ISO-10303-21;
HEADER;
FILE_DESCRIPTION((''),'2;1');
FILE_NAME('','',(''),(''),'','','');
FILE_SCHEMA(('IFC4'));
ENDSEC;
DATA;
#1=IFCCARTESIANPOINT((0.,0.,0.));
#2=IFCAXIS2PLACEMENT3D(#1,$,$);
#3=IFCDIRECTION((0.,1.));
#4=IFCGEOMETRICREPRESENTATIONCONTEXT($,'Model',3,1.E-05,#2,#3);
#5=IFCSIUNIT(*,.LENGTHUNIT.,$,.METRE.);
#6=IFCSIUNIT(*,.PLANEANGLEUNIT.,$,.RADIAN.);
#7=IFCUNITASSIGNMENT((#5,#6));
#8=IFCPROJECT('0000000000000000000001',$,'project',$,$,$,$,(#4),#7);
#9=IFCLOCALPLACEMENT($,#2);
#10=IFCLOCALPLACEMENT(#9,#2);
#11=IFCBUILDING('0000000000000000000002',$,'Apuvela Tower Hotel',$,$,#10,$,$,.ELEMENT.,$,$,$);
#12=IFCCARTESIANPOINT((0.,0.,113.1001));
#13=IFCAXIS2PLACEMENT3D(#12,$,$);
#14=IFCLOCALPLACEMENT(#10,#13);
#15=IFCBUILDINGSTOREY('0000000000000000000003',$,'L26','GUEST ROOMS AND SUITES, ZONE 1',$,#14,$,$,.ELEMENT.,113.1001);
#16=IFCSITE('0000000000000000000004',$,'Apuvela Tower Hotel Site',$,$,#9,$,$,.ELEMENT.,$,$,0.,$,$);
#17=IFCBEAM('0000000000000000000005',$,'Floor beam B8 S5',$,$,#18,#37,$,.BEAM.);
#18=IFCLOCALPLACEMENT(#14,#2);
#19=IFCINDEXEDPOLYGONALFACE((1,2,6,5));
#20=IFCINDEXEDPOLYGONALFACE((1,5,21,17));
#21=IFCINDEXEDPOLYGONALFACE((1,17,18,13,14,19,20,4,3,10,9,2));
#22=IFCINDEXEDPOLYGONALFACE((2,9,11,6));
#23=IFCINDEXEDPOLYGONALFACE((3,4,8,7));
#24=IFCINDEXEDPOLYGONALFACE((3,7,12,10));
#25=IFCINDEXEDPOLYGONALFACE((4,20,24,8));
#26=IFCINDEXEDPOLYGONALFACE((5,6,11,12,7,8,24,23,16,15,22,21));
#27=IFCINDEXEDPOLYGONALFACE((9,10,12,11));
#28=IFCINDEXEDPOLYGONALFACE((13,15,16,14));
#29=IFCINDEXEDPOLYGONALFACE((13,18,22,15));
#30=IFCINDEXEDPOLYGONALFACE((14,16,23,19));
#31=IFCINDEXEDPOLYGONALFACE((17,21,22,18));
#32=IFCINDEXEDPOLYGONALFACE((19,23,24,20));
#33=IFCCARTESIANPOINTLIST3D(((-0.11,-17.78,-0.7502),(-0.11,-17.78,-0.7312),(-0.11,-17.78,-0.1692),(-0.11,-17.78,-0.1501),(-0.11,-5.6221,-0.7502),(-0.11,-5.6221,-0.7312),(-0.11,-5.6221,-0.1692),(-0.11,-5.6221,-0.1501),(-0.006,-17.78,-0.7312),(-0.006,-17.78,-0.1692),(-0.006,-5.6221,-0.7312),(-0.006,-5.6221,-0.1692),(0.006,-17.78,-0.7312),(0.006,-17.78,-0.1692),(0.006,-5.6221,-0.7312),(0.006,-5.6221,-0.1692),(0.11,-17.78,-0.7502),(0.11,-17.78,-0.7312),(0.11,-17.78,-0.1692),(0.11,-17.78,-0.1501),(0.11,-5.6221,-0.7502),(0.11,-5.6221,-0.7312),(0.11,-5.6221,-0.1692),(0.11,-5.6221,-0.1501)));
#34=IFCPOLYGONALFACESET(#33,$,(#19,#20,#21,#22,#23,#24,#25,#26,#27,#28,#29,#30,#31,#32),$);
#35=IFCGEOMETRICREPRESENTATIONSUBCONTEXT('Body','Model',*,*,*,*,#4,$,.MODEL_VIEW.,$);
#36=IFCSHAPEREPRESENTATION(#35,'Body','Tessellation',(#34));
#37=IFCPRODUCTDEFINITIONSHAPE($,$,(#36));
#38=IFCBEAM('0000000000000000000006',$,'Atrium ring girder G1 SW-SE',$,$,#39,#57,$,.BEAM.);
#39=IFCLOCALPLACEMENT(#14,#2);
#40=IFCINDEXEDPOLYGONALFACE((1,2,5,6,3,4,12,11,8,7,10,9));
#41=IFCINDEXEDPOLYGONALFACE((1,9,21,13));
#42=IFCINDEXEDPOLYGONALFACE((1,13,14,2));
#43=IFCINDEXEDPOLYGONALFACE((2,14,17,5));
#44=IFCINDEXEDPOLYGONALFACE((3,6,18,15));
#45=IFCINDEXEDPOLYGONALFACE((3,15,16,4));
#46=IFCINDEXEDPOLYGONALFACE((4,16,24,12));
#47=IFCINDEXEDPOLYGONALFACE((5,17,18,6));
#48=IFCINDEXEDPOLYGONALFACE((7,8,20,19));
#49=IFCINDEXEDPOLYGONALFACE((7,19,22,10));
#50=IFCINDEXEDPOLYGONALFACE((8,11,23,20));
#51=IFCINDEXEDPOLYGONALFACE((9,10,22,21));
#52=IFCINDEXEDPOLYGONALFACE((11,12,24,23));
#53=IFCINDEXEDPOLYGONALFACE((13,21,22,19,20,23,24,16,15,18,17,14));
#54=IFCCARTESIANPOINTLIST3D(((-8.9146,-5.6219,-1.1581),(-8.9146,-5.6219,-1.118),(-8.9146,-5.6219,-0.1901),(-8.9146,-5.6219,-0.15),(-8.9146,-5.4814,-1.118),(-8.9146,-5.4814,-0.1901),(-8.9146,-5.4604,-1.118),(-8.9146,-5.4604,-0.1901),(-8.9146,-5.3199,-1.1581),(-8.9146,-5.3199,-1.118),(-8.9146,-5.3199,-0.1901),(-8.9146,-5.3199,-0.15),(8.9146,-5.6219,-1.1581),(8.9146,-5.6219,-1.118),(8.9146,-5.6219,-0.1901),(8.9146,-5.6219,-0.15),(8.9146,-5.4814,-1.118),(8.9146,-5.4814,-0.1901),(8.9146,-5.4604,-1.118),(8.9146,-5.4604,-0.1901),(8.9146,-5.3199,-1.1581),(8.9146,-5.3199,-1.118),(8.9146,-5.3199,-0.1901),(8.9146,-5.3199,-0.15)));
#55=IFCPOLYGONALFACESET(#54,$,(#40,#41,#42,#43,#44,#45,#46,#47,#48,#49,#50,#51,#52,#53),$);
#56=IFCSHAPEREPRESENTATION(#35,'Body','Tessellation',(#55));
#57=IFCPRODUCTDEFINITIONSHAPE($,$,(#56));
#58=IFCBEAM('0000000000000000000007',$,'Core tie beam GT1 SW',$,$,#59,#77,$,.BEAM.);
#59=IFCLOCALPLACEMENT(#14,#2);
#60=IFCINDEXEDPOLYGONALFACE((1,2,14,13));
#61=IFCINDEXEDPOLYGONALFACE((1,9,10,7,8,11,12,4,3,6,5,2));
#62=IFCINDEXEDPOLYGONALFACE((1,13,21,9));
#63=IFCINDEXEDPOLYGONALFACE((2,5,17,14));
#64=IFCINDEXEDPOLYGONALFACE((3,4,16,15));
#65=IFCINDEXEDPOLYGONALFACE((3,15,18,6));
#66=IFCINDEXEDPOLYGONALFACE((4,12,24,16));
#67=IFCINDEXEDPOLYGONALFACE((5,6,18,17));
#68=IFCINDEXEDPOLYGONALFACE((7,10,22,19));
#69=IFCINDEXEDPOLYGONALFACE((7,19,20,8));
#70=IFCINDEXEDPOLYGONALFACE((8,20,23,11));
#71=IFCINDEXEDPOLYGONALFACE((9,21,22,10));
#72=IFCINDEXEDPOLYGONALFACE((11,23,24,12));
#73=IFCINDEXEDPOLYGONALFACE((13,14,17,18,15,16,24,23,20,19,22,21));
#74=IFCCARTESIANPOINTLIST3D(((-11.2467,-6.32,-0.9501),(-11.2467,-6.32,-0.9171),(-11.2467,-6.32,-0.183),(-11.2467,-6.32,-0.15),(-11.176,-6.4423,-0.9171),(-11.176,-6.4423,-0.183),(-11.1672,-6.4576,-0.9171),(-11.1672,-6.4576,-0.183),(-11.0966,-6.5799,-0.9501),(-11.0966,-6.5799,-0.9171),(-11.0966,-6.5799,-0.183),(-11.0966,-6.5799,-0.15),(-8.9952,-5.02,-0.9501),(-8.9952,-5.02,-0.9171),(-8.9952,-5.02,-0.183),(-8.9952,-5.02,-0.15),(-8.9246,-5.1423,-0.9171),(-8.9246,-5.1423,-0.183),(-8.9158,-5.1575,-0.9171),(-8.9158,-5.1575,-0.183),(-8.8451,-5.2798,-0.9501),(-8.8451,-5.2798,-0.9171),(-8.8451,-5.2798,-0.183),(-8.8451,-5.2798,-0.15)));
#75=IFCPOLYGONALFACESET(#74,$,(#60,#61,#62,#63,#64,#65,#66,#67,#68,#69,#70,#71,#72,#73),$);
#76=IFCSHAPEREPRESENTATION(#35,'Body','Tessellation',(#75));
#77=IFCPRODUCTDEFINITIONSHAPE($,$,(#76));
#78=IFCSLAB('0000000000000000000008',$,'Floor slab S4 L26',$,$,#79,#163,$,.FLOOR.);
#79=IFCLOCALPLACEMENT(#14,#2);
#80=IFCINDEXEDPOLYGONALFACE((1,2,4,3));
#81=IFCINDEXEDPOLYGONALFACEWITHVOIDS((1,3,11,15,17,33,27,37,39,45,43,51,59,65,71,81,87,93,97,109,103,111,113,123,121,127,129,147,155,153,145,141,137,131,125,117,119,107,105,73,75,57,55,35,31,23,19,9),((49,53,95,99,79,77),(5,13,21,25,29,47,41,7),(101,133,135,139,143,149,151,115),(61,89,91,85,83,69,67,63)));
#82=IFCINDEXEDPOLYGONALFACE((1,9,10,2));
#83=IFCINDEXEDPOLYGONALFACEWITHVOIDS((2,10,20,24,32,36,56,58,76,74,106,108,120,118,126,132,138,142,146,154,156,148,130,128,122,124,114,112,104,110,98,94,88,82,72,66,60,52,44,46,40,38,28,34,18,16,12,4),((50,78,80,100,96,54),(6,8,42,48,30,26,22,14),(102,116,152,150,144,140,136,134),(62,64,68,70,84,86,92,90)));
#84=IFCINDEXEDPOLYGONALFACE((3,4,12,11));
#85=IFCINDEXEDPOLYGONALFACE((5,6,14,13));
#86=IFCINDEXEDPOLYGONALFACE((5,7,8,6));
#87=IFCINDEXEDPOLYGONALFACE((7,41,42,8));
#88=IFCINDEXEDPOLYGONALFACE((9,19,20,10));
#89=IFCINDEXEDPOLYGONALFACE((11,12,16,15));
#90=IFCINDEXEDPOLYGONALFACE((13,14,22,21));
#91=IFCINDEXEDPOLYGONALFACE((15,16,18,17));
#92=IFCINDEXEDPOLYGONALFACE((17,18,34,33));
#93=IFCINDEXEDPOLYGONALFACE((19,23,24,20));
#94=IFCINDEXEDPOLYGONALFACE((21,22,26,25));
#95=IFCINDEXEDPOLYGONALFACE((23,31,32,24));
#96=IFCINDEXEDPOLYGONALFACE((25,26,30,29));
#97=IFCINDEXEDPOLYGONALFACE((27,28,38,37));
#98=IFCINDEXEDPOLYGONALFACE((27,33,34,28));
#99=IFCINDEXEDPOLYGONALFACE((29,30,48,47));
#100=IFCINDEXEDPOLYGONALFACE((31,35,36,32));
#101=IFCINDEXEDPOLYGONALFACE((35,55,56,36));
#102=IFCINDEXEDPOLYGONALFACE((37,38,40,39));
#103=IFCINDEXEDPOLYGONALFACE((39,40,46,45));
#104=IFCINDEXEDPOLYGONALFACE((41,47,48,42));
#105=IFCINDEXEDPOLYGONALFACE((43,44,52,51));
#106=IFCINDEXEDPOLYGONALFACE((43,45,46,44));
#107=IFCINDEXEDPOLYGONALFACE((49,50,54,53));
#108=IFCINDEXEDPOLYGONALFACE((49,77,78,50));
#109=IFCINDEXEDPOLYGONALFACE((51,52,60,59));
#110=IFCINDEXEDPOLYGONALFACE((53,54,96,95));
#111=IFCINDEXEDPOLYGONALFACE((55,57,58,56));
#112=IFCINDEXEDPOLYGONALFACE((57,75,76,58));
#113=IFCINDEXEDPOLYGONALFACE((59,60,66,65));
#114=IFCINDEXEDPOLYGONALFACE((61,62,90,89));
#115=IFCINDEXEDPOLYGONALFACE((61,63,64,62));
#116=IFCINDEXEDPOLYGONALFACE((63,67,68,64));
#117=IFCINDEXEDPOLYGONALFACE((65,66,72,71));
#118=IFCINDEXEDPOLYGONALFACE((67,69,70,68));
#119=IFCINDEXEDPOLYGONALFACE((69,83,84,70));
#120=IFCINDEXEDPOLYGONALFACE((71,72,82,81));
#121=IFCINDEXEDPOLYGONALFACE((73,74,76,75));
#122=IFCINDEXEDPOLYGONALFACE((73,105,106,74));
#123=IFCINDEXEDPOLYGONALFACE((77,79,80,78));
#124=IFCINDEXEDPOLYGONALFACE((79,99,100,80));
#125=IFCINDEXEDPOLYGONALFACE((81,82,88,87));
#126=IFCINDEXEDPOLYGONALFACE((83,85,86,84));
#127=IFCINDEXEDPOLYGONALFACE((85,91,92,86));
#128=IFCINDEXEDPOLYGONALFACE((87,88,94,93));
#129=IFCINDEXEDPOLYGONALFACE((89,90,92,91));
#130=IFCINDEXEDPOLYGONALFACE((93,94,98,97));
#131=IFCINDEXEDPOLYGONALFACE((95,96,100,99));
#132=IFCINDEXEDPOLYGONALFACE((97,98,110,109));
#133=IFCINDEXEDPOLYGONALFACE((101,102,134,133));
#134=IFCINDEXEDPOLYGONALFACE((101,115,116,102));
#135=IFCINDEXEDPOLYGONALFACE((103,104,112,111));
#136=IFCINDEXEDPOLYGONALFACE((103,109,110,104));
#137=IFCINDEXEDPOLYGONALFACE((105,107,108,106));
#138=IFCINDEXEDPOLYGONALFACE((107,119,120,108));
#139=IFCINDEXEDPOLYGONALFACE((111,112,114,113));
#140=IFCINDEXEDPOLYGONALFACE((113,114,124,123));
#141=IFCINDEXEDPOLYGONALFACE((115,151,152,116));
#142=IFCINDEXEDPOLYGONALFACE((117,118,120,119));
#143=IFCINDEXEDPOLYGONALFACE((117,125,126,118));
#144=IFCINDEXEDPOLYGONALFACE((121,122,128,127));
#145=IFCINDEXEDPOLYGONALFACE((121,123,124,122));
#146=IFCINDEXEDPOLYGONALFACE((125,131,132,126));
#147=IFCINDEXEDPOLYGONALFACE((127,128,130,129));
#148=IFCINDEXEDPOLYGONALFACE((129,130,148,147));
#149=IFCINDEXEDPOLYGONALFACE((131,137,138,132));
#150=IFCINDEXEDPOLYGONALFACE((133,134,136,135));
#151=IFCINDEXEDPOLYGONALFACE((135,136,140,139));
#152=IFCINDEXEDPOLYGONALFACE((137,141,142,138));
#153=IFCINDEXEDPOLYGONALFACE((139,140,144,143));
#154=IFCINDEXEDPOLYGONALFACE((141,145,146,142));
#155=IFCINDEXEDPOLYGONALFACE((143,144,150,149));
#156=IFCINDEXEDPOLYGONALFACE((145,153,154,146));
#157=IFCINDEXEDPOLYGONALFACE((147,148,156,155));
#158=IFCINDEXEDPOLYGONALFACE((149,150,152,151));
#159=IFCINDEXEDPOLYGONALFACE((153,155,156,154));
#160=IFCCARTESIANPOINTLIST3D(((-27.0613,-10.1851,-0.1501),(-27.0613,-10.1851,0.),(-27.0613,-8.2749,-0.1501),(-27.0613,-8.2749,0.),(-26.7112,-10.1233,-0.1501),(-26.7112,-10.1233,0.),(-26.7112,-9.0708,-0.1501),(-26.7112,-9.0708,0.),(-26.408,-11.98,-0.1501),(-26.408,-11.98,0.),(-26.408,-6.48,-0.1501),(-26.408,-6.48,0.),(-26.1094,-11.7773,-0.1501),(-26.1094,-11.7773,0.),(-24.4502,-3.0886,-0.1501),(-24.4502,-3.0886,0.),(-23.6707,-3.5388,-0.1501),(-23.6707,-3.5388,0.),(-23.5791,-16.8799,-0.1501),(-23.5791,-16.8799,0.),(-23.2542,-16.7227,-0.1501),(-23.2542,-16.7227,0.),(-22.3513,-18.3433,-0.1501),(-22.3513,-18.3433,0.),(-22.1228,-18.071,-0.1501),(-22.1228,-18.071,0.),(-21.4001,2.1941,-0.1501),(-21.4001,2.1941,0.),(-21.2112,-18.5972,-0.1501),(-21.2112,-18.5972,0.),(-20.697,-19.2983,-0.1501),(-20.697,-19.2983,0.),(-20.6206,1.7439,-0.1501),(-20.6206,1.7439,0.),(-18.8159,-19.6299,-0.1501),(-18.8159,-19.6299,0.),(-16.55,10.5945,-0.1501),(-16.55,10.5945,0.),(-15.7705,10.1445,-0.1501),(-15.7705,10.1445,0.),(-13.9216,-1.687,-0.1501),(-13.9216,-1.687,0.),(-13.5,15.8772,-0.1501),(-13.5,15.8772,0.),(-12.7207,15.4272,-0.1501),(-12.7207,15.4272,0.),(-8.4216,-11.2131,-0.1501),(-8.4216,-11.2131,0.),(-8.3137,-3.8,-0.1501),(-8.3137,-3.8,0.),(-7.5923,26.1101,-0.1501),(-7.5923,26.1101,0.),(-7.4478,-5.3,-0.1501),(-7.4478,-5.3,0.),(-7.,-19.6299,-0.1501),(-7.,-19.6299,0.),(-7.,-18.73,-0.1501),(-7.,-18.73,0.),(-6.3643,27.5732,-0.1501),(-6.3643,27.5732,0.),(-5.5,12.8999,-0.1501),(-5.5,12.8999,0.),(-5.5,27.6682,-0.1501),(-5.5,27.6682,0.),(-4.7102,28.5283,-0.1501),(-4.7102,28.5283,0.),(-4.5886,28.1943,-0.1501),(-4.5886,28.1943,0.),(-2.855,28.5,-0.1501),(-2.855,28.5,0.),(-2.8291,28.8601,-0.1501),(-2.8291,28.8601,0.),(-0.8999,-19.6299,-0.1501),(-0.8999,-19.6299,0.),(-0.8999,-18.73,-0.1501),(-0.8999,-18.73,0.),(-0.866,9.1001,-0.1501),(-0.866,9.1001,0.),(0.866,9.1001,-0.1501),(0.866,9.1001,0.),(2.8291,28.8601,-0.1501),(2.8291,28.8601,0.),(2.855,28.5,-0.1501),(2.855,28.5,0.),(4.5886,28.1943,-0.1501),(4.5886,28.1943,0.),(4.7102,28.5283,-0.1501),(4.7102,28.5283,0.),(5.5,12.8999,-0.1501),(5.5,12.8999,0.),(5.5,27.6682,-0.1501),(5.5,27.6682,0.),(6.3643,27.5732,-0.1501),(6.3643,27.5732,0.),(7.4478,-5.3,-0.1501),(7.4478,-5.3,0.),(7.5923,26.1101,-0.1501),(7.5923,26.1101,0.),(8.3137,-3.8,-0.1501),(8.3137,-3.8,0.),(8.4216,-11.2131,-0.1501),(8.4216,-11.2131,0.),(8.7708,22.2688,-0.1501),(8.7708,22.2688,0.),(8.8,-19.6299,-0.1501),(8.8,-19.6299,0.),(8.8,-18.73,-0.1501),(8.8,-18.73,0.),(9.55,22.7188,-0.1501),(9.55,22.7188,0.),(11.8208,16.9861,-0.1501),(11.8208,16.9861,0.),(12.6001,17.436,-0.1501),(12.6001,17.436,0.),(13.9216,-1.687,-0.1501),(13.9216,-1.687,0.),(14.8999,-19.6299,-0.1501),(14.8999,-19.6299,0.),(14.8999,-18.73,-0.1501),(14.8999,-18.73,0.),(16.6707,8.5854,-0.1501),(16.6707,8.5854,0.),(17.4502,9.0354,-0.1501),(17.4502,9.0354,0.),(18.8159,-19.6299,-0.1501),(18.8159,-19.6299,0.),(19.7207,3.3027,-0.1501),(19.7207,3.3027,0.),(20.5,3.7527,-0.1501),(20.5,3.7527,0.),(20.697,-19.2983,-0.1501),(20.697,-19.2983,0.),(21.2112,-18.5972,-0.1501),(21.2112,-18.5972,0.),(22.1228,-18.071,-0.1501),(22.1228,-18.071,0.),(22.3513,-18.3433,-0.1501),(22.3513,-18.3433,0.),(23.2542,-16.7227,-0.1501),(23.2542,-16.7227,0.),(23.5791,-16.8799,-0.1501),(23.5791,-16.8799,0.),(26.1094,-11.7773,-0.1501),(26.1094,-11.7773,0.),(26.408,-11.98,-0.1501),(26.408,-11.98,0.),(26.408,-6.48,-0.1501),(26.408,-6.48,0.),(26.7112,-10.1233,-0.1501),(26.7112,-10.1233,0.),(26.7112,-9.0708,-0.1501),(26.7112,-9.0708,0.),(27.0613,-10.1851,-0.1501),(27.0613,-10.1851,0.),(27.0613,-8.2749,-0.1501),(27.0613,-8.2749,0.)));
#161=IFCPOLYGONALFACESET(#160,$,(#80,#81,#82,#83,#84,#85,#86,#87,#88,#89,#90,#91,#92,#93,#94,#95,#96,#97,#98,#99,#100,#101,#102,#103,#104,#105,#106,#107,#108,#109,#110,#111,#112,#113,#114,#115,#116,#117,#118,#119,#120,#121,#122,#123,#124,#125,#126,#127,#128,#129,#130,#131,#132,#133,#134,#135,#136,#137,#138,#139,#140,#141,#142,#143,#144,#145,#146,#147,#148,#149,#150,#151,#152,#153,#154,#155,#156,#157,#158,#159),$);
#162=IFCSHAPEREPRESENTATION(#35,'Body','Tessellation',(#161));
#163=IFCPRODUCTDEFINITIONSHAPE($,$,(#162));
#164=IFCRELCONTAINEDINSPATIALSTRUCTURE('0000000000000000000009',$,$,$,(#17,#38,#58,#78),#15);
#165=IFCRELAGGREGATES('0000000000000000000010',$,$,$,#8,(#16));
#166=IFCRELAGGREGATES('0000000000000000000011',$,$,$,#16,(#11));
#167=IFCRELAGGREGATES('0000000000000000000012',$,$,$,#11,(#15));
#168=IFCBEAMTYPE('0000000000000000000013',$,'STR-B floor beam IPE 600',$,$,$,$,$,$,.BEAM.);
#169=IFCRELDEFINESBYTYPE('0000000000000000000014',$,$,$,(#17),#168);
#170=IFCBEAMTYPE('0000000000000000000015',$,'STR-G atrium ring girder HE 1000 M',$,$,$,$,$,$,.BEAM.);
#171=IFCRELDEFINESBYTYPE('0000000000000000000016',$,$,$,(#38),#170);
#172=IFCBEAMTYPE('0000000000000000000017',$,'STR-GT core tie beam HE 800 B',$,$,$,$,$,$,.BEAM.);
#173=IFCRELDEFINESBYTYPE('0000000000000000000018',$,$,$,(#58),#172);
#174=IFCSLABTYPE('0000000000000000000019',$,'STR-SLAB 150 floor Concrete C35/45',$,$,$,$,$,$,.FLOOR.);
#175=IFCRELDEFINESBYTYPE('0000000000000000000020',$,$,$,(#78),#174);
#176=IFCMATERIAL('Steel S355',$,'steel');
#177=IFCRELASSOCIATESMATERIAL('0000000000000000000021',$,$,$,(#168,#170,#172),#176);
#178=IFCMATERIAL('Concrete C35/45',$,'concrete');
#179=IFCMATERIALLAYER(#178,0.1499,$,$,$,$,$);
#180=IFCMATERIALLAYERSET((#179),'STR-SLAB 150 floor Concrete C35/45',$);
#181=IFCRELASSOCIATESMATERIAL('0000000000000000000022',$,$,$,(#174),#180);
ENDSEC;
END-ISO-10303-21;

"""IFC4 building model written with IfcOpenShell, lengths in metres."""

from ifc_helpers import new_model, si_unit, direction, frame, origin, origin_2d, place, context, subcontext, project, spatial, polyline, i_section, outline, extrude, material, layer, layer_set, material_profile, profile_set, type_object, element, save


model = new_model("IFC4")

# Units and contexts
model_context = context("Model", 3, precision=1e-05, world=origin(), true_north=direction((0.0, 1.0)))
body_context = subcontext(model_context, "Body", "Model", "MODEL_VIEW")
ifc_project = project(units=[si_unit("LENGTHUNIT", "METRE"), si_unit("PLANEANGLEUNIT", "RADIAN")], contexts=[model_context])

# Site, building, storey
site_placement = place(None, origin())
site = spatial("IfcSite", under=ifc_project, at=site_placement, Name="Apuvela Tower Hotel Site", CompositionType="ELEMENT", RefElevation=0.0)
building_placement = place(site_placement, origin())
building = spatial("IfcBuilding", under=site, at=building_placement, Name="Apuvela Tower Hotel", CompositionType="ELEMENT")
storey_placement = place(building_placement, frame((0.0, 0.0, 113.1001)))
storey = spatial("IfcBuildingStorey", under=building, at=storey_placement, Name="L26", Description="GUEST ROOMS AND SUITES, ZONE 1", CompositionType="ELEMENT", Elevation=113.1001)

# Beams
ifc_material_1 = material(Name="Steel S355", Category="steel")
ifc_material_profile_1 = material_profile(ifc_material_1, i_section(OverallWidth=0.22, OverallDepth=0.6001, WebThickness=0.012, FlangeThickness=0.019, at=origin_2d()), Name="IPE 600")
ifc_profile_set_1 = profile_set([ifc_material_profile_1], Name="Steel S355")
beam_type_1 = type_object("IfcBeamType", Name="STR-B floor beam IPE 600", PredefinedType="BEAM", material=ifc_profile_set_1)
beam_1_placement = place(storey_placement, frame((0.0, -17.78, -0.4502), z_axis=(0.0, 1.0, 0.0), x_axis=(-1.0, 0.0, 0.0)))
element("IfcBeam", 1, at=beam_1_placement, inside=storey, type_object=beam_type_1, Name="Floor beam B8 S5", PredefinedType="BEAM", context=body_context, shape_type="SweptSolid", body=[
    extrude(i_section(OverallWidth=0.22, OverallDepth=0.6001, WebThickness=0.012, FlangeThickness=0.019, at=origin_2d()), origin(), (0.0, 0.0, 1.0), 12.158),
])
ifc_material_profile_2 = material_profile(ifc_material_1, i_section(OverallWidth=0.302, OverallDepth=1.0081, WebThickness=0.021, FlangeThickness=0.04, at=origin_2d()), Name="HE 1000 M")
ifc_profile_set_2 = profile_set([ifc_material_profile_2], Name="Steel S355")
beam_type_2 = type_object("IfcBeamType", Name="STR-G atrium ring girder HE 1000 M", PredefinedType="BEAM", material=ifc_profile_set_2)
beam_2_placement = place(storey_placement, frame((-8.9146, -5.4709, -0.6541), z_axis=(1.0, 0.0, 0.0), x_axis=(0.0, 1.0, 0.0)))
element("IfcBeam", 2, at=beam_2_placement, inside=storey, type_object=beam_type_2, Name="Atrium ring girder G1 SW-SE", PredefinedType="BEAM", context=body_context, shape_type="SweptSolid", body=[
    extrude(i_section(OverallWidth=0.302, OverallDepth=1.0081, WebThickness=0.021, FlangeThickness=0.04, at=origin_2d()), origin(), (0.0, 0.0, 1.0), 17.8291),
])
ifc_material_profile_3 = material_profile(ifc_material_1, i_section(OverallWidth=0.3, OverallDepth=0.8, WebThickness=0.0176, FlangeThickness=0.033, at=origin_2d()), Name="HE 800 B")
ifc_profile_set_3 = profile_set([ifc_material_profile_3], Name="Steel S355")
beam_type_3 = type_object("IfcBeamType", Name="STR-GT core tie beam HE 800 B", PredefinedType="BEAM", material=ifc_profile_set_3)
beam_3_placement = place(storey_placement, frame((-11.1716, -6.45, -0.55), z_axis=(0.865998, 0.500048, 0.0), x_axis=(-0.500048, 0.865998, 0.0)))
element("IfcBeam", 3, at=beam_3_placement, inside=storey, type_object=beam_type_3, Name="Core tie beam GT1 SW", PredefinedType="BEAM", context=body_context, shape_type="SweptSolid", body=[
    extrude(i_section(OverallWidth=0.3, OverallDepth=0.8, WebThickness=0.0176, FlangeThickness=0.033, at=origin_2d()), origin(), (0.0, 0.0, 1.0), 2.5999),
])

# Slab
ifc_material_2 = material(Name="Concrete C35/45", Category="concrete")
ifc_layer_1 = layer(ifc_material_2, 0.1499)
ifc_layer_set_1 = layer_set([ifc_layer_1], Name="STR-SLAB 150 floor Concrete C35/45")
slab_type = type_object("IfcSlabType", Name="STR-SLAB 150 floor Concrete C35/45", PredefinedType="FLOOR", material=ifc_layer_set_1)
slab_placement = place(storey_placement, frame((0.0, 0.0, -0.1501)))
element("IfcSlab", 4, at=slab_placement, inside=storey, type_object=slab_type, Name="Floor slab S4 L26", PredefinedType="FLOOR", context=body_context, shape_type="SweptSolid", body=[
    extrude(outline(polyline([(-6.3643, 27.5732), (-4.7102, 28.5283), (-2.8291, 28.8601), (2.8291, 28.8601), (4.7102, 28.5283), (6.3643, 27.5732), (7.5923, 26.1101), (9.55, 22.7188), (8.7708, 22.2688), (11.8208, 16.9861), (12.6001, 17.436), (17.4502, 9.0354), (16.6707, 8.5854), (19.7207, 3.3027), (20.5, 3.7527), (26.408, -6.48), (27.0613, -8.2749), (27.0613, -10.1851), (26.408, -11.98), (23.5791, -16.8799), (22.3513, -18.3433), (20.697, -19.2983), (18.8159, -19.6299), (14.8999, -19.6299), (14.8999, -18.73), (8.8, -18.73), (8.8, -19.6299), (-0.8999, -19.6299), (-0.8999, -18.73), (-7.0, -18.73), (-7.0, -19.6299), (-18.8159, -19.6299), (-20.697, -19.2983), (-22.3513, -18.3433), (-23.5791, -16.8799), (-26.408, -11.98), (-27.0613, -10.1851), (-27.0613, -8.2749), (-26.408, -6.48), (-24.4502, -3.0886), (-23.6707, -3.5388), (-20.6206, 1.7439), (-21.4001, 2.1941), (-16.55, 10.5945), (-15.7705, 10.1445), (-12.7207, 15.4272), (-13.5, 15.8772), (-7.5923, 26.1101), (-6.3643, 27.5732)]), holes=[polyline([(0.866, 9.1001), (-0.866, 9.1001), (-8.3137, -3.8), (-7.4478, -5.3), (7.4478, -5.3), (8.3137, -3.8), (0.866, 9.1001)]), polyline([(-5.5, 12.8999), (-5.5, 27.6682), (-4.5886, 28.1943), (-2.855, 28.5), (2.855, 28.5), (4.5886, 28.1943), (5.5, 27.6682), (5.5, 12.8999), (-5.5, 12.8999)]), polyline([(-8.4216, -11.2131), (-21.2112, -18.5972), (-22.1228, -18.071), (-23.2542, -16.7227), (-26.1094, -11.7773), (-26.7112, -10.1233), (-26.7112, -9.0708), (-13.9216, -1.687), (-8.4216, -11.2131)]), polyline([(13.9216, -1.687), (26.7112, -9.0708), (26.7112, -10.1233), (26.1094, -11.7773), (23.2542, -16.7227), (22.1228, -18.071), (21.2112, -18.5972), (8.4216, -11.2131), (13.9216, -1.687)])]), origin(), (0.0, 0.0, 1.0), 0.1501),
])

save(model, "model.ifc")
